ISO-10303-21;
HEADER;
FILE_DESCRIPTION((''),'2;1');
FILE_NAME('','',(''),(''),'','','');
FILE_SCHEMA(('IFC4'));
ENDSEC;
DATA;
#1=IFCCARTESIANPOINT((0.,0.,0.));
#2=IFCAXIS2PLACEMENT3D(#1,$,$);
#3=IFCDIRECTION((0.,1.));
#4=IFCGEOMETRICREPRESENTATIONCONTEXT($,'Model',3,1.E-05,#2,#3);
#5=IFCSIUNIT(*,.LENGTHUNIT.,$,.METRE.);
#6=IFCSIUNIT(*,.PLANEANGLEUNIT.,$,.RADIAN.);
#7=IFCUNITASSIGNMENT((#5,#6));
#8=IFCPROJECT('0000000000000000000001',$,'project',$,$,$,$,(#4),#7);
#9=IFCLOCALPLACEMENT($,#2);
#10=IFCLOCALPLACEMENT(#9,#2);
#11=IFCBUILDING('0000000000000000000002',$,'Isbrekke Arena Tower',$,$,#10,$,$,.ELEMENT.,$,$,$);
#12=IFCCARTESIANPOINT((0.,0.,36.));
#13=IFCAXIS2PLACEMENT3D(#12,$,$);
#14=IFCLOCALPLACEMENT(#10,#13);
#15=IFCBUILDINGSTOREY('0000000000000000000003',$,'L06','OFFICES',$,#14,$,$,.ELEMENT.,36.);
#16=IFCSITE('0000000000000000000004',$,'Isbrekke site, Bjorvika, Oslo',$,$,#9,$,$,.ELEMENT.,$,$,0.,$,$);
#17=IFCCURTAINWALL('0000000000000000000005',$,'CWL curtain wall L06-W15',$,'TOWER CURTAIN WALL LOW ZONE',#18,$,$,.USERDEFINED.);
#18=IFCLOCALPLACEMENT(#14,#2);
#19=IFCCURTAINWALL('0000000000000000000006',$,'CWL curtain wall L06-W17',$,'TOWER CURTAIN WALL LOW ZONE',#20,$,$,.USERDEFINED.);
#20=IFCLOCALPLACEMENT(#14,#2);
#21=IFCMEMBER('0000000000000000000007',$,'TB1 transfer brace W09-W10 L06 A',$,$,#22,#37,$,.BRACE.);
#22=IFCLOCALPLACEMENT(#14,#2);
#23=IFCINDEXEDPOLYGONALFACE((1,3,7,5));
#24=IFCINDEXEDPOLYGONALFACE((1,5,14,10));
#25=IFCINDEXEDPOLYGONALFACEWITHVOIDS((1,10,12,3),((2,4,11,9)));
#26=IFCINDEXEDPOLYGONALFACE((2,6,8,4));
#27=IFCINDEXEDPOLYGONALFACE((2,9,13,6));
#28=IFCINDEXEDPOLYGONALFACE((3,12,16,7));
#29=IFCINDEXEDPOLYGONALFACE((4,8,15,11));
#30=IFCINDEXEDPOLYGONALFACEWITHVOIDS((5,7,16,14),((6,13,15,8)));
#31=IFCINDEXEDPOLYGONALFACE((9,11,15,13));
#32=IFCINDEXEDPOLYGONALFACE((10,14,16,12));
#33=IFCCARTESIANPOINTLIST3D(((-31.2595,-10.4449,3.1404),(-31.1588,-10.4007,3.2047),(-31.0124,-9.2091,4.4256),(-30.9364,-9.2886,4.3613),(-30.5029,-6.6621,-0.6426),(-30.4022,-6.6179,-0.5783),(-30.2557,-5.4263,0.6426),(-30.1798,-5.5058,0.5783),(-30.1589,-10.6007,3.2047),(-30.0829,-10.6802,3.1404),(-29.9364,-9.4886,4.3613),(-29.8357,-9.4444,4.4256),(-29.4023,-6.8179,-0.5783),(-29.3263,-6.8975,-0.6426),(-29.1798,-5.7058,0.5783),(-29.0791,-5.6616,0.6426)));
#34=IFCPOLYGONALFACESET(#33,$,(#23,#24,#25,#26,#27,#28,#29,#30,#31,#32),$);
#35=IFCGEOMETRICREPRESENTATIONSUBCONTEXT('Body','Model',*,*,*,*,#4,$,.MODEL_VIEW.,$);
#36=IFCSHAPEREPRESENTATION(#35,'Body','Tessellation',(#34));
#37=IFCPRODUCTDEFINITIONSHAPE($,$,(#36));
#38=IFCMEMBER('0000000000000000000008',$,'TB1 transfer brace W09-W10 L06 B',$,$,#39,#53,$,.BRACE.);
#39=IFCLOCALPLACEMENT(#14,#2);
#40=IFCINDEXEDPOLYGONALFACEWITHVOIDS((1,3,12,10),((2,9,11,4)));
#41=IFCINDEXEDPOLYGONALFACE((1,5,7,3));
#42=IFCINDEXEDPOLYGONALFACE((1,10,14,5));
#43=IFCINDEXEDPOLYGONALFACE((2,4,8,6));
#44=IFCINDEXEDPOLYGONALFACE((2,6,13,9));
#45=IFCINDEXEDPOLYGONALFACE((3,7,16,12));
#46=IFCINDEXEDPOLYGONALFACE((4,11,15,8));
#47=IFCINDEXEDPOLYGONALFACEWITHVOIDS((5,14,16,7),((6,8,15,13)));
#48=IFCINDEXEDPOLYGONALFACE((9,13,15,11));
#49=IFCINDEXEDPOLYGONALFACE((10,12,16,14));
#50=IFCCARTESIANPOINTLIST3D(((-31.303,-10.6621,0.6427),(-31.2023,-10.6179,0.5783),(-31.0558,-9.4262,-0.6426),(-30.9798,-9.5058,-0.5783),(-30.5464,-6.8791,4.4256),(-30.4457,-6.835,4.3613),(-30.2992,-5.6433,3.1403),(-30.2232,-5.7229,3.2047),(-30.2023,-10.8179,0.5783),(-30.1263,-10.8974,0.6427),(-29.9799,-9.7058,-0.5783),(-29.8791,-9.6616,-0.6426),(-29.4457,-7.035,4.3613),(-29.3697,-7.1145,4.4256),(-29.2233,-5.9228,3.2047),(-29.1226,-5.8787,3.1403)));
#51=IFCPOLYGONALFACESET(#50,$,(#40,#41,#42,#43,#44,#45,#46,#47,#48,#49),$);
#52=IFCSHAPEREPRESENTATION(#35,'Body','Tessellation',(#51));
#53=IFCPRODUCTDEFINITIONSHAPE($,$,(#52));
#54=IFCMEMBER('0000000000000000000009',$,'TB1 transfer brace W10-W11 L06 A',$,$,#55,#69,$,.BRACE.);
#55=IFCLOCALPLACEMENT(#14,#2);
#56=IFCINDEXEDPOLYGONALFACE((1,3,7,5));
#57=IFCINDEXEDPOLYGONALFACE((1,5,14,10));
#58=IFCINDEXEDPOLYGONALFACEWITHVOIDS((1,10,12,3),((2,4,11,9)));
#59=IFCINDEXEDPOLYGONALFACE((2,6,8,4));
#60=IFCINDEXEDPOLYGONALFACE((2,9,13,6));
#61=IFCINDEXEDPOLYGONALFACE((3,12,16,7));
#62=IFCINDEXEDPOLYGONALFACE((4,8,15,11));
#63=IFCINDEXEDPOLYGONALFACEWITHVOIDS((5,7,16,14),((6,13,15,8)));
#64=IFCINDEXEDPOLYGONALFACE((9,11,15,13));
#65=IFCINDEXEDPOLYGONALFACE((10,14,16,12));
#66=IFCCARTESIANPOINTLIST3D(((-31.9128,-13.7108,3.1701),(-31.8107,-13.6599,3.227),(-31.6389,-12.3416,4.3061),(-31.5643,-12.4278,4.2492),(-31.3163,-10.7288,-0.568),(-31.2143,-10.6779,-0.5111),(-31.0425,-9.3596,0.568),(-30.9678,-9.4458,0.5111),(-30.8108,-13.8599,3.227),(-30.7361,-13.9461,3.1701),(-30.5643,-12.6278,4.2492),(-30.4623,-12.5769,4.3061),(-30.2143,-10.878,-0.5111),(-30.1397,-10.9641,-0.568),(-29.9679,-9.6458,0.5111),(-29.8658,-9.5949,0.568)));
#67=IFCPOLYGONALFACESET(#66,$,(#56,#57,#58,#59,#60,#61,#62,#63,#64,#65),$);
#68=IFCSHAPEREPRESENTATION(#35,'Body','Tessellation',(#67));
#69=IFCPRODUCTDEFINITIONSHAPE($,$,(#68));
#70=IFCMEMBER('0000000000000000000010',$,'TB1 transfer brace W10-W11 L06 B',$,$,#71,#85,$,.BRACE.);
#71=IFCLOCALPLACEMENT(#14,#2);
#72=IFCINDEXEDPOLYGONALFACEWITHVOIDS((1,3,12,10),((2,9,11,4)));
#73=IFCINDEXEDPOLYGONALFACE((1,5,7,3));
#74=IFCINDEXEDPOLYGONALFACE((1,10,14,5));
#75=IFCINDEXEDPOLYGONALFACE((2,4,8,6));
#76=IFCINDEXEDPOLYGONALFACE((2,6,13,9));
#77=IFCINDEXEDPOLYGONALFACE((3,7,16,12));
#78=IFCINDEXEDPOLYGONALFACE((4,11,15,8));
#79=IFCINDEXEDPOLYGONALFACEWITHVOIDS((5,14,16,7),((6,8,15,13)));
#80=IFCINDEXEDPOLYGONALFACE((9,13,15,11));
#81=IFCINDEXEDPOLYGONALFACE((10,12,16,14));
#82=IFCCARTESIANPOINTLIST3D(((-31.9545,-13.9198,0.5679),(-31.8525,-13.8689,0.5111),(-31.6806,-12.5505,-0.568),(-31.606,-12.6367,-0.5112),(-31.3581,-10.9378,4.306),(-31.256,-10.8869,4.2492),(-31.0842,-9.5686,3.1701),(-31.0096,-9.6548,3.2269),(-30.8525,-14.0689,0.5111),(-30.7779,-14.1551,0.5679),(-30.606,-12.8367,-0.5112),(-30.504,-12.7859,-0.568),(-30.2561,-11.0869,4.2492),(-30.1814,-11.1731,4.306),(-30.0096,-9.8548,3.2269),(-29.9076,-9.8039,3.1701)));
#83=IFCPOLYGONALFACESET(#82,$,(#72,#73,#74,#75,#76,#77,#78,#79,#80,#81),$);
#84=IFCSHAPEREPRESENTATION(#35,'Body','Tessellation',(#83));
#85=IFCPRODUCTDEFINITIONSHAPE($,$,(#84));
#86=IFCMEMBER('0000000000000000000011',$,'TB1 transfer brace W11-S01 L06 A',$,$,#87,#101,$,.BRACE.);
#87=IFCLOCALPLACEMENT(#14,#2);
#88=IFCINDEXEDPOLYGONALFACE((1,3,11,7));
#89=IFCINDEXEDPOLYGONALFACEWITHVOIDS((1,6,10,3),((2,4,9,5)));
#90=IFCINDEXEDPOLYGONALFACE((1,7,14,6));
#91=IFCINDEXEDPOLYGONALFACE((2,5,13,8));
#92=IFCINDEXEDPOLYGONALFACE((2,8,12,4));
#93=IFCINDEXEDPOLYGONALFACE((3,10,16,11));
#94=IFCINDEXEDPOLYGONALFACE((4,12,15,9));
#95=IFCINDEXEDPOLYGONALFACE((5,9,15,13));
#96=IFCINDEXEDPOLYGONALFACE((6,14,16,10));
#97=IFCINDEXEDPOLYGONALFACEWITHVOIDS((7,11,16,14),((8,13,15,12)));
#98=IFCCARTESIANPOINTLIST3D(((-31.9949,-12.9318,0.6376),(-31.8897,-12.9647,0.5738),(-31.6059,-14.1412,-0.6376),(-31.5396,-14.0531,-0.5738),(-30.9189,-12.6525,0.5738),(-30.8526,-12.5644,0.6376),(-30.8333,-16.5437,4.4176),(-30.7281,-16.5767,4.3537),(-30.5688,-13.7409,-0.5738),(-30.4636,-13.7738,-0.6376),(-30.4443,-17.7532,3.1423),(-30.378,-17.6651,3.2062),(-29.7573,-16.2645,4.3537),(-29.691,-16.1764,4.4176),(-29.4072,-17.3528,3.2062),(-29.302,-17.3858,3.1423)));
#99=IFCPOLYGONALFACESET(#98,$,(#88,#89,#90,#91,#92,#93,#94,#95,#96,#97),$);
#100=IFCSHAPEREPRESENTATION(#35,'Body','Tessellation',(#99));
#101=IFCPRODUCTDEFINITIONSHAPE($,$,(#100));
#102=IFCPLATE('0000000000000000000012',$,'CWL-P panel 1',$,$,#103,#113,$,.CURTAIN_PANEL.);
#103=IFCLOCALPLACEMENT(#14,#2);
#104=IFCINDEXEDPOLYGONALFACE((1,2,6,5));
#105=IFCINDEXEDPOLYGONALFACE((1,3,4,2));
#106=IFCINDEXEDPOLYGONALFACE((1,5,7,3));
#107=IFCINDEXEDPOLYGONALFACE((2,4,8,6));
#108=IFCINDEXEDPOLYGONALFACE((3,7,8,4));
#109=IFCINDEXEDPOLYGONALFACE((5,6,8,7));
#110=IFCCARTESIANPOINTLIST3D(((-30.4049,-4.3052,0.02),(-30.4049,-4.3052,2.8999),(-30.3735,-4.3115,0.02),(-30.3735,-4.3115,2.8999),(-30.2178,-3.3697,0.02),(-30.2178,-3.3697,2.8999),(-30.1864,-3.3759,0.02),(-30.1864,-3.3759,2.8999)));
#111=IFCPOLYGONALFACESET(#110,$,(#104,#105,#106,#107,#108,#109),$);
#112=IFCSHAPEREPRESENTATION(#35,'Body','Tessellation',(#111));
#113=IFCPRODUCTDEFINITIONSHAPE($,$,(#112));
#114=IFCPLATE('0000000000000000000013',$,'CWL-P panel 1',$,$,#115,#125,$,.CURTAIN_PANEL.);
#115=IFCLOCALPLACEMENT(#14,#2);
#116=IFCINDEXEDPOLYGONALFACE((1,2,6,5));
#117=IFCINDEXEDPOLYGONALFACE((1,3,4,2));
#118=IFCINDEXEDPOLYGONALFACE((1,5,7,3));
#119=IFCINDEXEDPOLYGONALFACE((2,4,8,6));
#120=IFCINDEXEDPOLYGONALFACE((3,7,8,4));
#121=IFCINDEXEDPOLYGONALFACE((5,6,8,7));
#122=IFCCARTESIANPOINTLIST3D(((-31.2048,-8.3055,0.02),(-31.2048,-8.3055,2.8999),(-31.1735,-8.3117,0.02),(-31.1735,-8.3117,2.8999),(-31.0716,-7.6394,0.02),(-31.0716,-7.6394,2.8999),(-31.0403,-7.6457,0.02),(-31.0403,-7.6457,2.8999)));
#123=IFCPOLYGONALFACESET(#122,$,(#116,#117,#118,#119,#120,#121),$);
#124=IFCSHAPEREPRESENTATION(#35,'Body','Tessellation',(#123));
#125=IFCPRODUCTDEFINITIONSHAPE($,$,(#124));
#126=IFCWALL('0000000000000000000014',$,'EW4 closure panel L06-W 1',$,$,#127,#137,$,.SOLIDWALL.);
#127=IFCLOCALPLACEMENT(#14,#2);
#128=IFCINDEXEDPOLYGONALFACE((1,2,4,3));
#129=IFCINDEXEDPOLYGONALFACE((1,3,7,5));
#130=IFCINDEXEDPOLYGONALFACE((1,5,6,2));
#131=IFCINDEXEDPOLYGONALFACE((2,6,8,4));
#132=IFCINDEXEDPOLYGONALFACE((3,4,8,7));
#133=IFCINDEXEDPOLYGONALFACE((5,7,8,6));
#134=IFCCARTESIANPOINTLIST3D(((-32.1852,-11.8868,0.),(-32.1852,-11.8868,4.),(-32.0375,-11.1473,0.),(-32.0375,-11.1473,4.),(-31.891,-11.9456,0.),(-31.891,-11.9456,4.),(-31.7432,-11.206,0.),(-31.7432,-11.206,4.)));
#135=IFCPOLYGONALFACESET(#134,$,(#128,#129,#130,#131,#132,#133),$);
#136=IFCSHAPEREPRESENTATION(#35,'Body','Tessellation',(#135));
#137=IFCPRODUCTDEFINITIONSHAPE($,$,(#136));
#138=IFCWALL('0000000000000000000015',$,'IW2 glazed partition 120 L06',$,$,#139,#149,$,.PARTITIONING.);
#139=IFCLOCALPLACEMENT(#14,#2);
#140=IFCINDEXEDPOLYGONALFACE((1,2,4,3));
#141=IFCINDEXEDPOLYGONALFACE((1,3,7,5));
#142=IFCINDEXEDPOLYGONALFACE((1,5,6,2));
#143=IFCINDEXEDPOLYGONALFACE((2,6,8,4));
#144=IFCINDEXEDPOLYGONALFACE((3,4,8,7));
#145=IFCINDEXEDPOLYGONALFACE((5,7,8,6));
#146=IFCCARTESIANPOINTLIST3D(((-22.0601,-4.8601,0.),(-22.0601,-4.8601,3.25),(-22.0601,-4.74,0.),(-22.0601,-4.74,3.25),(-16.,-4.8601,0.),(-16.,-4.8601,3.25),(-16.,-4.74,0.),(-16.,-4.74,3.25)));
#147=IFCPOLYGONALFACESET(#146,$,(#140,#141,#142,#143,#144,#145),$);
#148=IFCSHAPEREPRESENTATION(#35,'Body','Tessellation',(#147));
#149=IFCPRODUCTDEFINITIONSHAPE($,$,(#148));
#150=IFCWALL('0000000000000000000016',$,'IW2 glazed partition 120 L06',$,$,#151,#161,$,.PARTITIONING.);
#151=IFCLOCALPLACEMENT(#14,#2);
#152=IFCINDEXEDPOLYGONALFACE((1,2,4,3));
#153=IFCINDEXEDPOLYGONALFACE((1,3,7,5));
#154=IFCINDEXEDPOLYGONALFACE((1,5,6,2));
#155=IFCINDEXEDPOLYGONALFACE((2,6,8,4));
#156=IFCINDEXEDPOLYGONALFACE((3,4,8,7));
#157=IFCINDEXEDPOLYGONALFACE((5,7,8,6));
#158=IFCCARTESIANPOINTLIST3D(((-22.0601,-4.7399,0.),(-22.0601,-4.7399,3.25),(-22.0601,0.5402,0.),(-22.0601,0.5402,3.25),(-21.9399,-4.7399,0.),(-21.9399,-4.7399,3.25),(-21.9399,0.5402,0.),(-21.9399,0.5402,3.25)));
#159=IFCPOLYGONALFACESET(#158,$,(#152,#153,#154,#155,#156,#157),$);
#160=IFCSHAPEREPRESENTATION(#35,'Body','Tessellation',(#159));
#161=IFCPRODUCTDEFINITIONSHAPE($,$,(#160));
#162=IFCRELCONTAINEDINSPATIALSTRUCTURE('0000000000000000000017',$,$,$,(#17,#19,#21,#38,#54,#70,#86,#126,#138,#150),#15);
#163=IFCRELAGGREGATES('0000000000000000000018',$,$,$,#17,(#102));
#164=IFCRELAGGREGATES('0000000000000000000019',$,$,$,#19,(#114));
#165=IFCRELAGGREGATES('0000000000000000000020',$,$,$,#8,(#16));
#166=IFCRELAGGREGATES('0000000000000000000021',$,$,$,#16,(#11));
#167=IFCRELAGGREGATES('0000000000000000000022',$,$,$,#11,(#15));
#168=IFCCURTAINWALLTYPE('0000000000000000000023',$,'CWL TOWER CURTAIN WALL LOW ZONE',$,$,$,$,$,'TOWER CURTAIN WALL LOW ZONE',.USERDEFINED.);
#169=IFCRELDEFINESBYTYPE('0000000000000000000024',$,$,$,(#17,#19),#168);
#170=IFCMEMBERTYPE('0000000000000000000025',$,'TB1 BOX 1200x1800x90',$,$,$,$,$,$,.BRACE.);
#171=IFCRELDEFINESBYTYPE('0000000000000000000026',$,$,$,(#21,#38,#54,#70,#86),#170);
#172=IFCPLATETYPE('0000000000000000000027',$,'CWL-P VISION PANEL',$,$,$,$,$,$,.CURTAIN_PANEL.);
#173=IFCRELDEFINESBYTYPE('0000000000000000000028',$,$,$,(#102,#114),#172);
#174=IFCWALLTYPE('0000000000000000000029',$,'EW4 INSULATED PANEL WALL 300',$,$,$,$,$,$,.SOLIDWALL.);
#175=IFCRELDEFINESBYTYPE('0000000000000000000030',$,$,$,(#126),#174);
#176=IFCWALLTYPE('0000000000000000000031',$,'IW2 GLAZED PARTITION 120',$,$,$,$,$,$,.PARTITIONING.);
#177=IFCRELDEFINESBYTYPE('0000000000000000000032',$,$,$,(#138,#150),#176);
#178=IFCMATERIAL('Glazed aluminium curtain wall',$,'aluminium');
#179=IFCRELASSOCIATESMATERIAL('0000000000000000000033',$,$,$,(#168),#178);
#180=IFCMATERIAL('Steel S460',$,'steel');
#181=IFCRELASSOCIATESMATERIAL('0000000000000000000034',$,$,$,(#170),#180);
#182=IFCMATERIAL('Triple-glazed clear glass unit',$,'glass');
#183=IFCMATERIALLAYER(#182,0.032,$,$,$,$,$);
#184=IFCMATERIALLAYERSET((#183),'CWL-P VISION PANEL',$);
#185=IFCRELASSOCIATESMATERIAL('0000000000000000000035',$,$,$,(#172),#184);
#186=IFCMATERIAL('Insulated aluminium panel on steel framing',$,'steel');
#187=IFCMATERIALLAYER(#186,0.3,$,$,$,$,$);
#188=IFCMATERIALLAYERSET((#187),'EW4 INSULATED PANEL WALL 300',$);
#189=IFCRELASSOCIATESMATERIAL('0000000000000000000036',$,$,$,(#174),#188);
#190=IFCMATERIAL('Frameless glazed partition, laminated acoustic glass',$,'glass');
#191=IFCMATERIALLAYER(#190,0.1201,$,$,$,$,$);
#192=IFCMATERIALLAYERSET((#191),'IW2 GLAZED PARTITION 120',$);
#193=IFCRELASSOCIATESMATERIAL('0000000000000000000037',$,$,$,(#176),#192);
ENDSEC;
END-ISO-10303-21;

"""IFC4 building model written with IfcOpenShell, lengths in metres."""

from ifc_helpers import new_model, si_unit, direction, frame, frame_2d, origin, origin_2d, place, context, subcontext, project, spatial, rectangle, hollow_rectangle, extrude, material, layer, layer_set, material_profile, profile_set, type_object, element, aggregate, save


model = new_model("IFC4")

# Units and contexts
model_context = context("Model", 3, precision=1e-05, world=origin(), true_north=direction((0.0, 1.0)))
body_context = subcontext(model_context, "Body", "Model", "MODEL_VIEW")
ifc_project = project(units=[si_unit("LENGTHUNIT", "METRE"), si_unit("PLANEANGLEUNIT", "RADIAN")], contexts=[model_context])

# Site, building, storey
site_placement = place(None, origin())
site = spatial("IfcSite", under=ifc_project, at=site_placement, Name="Isbrekke site, Bjorvika, Oslo", CompositionType="ELEMENT", RefElevation=0.0)
building_placement = place(site_placement, origin())
building = spatial("IfcBuilding", under=site, at=building_placement, Name="Isbrekke Arena Tower", CompositionType="ELEMENT")
storey_placement = place(building_placement, frame((0.0, 0.0, 36.0)))
storey = spatial("IfcBuildingStorey", under=building, at=storey_placement, Name="L06", Description="OFFICES", CompositionType="ELEMENT", Elevation=36.0)

# Curtain walls
ifc_material_1 = material(Name="Glazed aluminium curtain wall", Category="aluminium")
curtain_wall_type = type_object("IfcCurtainWallType", Name="CWL TOWER CURTAIN WALL LOW ZONE", ElementType="TOWER CURTAIN WALL LOW ZONE", PredefinedType="USERDEFINED", material=ifc_material_1)
curtain_wall_1_placement = place(storey_placement, origin())
curtain_wall_1 = element("IfcCurtainWall", 1, at=curtain_wall_1_placement, inside=storey, type_object=curtain_wall_type, Name="CWL curtain wall L06-W15", ObjectType="TOWER CURTAIN WALL LOW ZONE", PredefinedType="USERDEFINED")
curtain_wall_2_placement = place(storey_placement, origin())
curtain_wall_2 = element("IfcCurtainWall", 2, at=curtain_wall_2_placement, inside=storey, type_object=curtain_wall_type, Name="CWL curtain wall L06-W17", ObjectType="TOWER CURTAIN WALL LOW ZONE", PredefinedType="USERDEFINED")

# Members
ifc_material_2 = material(Name="Steel S460", Category="steel")
ifc_material_profile_1 = material_profile(ifc_material_2, hollow_rectangle(XDim=1.2, YDim=1.8, WallThickness=0.0901, at=origin_2d()), Name="BOX 1200x1800x90")
ifc_profile_set_1 = profile_set([ifc_material_profile_1], Name="Steel S460")
member_type_1 = type_object("IfcMemberType", Name="TB1 BOX 1200x1800x90", PredefinedType="BRACE", material=ifc_profile_set_1)
for number, where, z_axis, x_axis, name in (
    (3, (-29.791, -6.1619, 0.0), (-0.140032, -0.700117, 0.700162), (0.980578, -0.196128, 0.0), "TB1 transfer brace W09-W10 L06 A"),
    (4, (-29.8345, -6.3789, 3.783), (-0.140028, -0.70014, -0.70014), (0.980581, -0.196116, 0.0), "TB1 transfer brace W09-W10 L06 B"),
):
    element("IfcMember", number, at=place(storey_placement, frame(where, z_axis=z_axis, x_axis=x_axis)), inside=storey, type_object=member_type_1, Name=name, PredefinedType="BRACE", context=body_context, shape_type="SweptSolid", body=[
        extrude(hollow_rectangle(XDim=1.2, YDim=1.8, WallThickness=0.0901, at=origin_2d()), origin(), (0.0, 0.0, 1.0), 5.4031),
    ])
for number, where, z_axis, x_axis, name in (
    (5, (-30.5911, -10.1619, 0.0), (-0.123773, -0.618816, 0.775724), (0.980578, -0.196132, 0.0), "TB1 transfer brace W10-W11 L06 A"),
    (6, (-30.6328, -10.3708, 3.738), (-0.123773, -0.618816, -0.775724), (0.980578, -0.196132, 0.0), "TB1 transfer brace W10-W11 L06 B"),
):
    element("IfcMember", number, at=place(storey_placement, frame(where, z_axis=z_axis, x_axis=x_axis)), inside=storey, type_object=member_type_1, Name=name, PredefinedType="BRACE", context=body_context, shape_type="SweptSolid", body=[
        extrude(hollow_rectangle(XDim=1.2, YDim=1.8, WallThickness=0.0901, at=origin_2d()), origin(), (0.0, 0.0, 1.0), 4.8188),
    ])
member_1_placement = place(storey_placement, frame((-31.2292, -13.3528, 0.0), z_axis=(0.216889, -0.674416, 0.705778), x_axis=(0.951982, 0.306153, 0.0)))
element("IfcMember", 7, at=member_1_placement, inside=storey, type_object=member_type_1, Name="TB1 transfer brace W11-S01 L06 A", PredefinedType="BRACE", context=body_context, shape_type="SweptSolid", body=[
    extrude(hollow_rectangle(XDim=1.2, YDim=1.8, WallThickness=0.0901, at=origin_2d()), origin(), (0.0, 0.0, 1.0), 5.3557),
])

# Plates
ifc_material_3 = material(Name="Triple-glazed clear glass unit", Category="glass")
ifc_layer_1 = layer(ifc_material_3, 0.032)
ifc_layer_set_1 = layer_set([ifc_layer_1], Name="CWL-P VISION PANEL")
plate_type = type_object("IfcPlateType", Name="CWL-P VISION PANEL", PredefinedType="CURTAIN_PANEL", material=ifc_layer_set_1)
plate_1_placement = place(storey_placement, frame((-30.2957, -3.8406, 0.02), z_axis=(0.0, 0.0, 1.0), x_axis=(-0.196116, -0.980581, 0.0)))
plate_1 = element("IfcPlate", 8, at=plate_1_placement, type_object=plate_type, Name="CWL-P panel 1", PredefinedType="CURTAIN_PANEL", context=body_context, shape_type="SweptSolid", body=[
    extrude(rectangle(XDim=0.9541, YDim=0.032, at=origin_2d()), origin(), (0.0, 0.0, 1.0), 2.8799),
])
aggregate(curtain_wall_1, [plate_1])
plate_2_placement = place(storey_placement, frame((-31.1226, -7.9756, 0.02), z_axis=(0.0, 0.0, 1.0), x_axis=(-0.196116, -0.980581, 0.0)))
plate_2 = element("IfcPlate", 9, at=plate_2_placement, type_object=plate_type, Name="CWL-P panel 1", PredefinedType="CURTAIN_PANEL", context=body_context, shape_type="SweptSolid", body=[
    extrude(rectangle(XDim=0.6792, YDim=0.032, at=origin_2d()), origin(), (0.0, 0.0, 1.0), 2.8799),
])
aggregate(curtain_wall_2, [plate_2])

# Walls
ifc_material_4 = material(Name="Insulated aluminium panel on steel framing", Category="steel")
ifc_layer_2 = layer(ifc_material_4, 0.3)
ifc_layer_set_2 = layer_set([ifc_layer_2], Name="EW4 INSULATED PANEL WALL 300")
wall_type_1 = type_object("IfcWallType", Name="EW4 INSULATED PANEL WALL 300", PredefinedType="SOLIDWALL", material=ifc_layer_set_2)
wall_1_placement = place(storey_placement, frame((-31.8904, -11.1768, 0.0), z_axis=(0.0, 0.0, 1.0), x_axis=(-0.195867, -0.98063, 0.0)))
element("IfcWall", 10, at=wall_1_placement, inside=storey, type_object=wall_type_1, Name="EW4 closure panel L06-W 1", PredefinedType="SOLIDWALL", context=body_context, shape_type="SweptSolid", body=[
    extrude(rectangle(XDim=0.7542, YDim=0.3, at=frame_2d((0.377, 0.0))), origin(), (0.0, 0.0, 1.0), 4.0),
])
ifc_material_5 = material(Name="Frameless glazed partition, laminated acoustic glass", Category="glass")
ifc_layer_3 = layer(ifc_material_5, 0.1201)
ifc_layer_set_3 = layer_set([ifc_layer_3], Name="IW2 GLAZED PARTITION 120")
wall_type_2 = type_object("IfcWallType", Name="IW2 GLAZED PARTITION 120", PredefinedType="PARTITIONING", material=ifc_layer_set_3)
wall_2_placement = place(storey_placement, frame((-22.0601, -4.8, 0.0), z_axis=(0.0, 0.0, 1.0), x_axis=(1.0, 0.0, 0.0)))
element("IfcWall", 11, at=wall_2_placement, inside=storey, type_object=wall_type_2, Name="IW2 glazed partition 120 L06", PredefinedType="PARTITIONING", context=body_context, shape_type="SweptSolid", body=[
    extrude(rectangle(XDim=6.0601, YDim=0.1201, at=frame_2d((3.03, 0.0))), origin(), (0.0, 0.0, 1.0), 3.25),
])
wall_3_placement = place(storey_placement, frame((-22.0, -4.74, 0.0), z_axis=(0.0, 0.0, 1.0), x_axis=(0.0, 1.0, 0.0)))
element("IfcWall", 12, at=wall_3_placement, inside=storey, type_object=wall_type_2, Name="IW2 glazed partition 120 L06", PredefinedType="PARTITIONING", context=body_context, shape_type="SweptSolid", body=[
    extrude(rectangle(XDim=5.28, YDim=0.1201, at=frame_2d((2.6401, 0.0))), origin(), (0.0, 0.0, 1.0), 3.25),
])

save(model, "model.ifc")
